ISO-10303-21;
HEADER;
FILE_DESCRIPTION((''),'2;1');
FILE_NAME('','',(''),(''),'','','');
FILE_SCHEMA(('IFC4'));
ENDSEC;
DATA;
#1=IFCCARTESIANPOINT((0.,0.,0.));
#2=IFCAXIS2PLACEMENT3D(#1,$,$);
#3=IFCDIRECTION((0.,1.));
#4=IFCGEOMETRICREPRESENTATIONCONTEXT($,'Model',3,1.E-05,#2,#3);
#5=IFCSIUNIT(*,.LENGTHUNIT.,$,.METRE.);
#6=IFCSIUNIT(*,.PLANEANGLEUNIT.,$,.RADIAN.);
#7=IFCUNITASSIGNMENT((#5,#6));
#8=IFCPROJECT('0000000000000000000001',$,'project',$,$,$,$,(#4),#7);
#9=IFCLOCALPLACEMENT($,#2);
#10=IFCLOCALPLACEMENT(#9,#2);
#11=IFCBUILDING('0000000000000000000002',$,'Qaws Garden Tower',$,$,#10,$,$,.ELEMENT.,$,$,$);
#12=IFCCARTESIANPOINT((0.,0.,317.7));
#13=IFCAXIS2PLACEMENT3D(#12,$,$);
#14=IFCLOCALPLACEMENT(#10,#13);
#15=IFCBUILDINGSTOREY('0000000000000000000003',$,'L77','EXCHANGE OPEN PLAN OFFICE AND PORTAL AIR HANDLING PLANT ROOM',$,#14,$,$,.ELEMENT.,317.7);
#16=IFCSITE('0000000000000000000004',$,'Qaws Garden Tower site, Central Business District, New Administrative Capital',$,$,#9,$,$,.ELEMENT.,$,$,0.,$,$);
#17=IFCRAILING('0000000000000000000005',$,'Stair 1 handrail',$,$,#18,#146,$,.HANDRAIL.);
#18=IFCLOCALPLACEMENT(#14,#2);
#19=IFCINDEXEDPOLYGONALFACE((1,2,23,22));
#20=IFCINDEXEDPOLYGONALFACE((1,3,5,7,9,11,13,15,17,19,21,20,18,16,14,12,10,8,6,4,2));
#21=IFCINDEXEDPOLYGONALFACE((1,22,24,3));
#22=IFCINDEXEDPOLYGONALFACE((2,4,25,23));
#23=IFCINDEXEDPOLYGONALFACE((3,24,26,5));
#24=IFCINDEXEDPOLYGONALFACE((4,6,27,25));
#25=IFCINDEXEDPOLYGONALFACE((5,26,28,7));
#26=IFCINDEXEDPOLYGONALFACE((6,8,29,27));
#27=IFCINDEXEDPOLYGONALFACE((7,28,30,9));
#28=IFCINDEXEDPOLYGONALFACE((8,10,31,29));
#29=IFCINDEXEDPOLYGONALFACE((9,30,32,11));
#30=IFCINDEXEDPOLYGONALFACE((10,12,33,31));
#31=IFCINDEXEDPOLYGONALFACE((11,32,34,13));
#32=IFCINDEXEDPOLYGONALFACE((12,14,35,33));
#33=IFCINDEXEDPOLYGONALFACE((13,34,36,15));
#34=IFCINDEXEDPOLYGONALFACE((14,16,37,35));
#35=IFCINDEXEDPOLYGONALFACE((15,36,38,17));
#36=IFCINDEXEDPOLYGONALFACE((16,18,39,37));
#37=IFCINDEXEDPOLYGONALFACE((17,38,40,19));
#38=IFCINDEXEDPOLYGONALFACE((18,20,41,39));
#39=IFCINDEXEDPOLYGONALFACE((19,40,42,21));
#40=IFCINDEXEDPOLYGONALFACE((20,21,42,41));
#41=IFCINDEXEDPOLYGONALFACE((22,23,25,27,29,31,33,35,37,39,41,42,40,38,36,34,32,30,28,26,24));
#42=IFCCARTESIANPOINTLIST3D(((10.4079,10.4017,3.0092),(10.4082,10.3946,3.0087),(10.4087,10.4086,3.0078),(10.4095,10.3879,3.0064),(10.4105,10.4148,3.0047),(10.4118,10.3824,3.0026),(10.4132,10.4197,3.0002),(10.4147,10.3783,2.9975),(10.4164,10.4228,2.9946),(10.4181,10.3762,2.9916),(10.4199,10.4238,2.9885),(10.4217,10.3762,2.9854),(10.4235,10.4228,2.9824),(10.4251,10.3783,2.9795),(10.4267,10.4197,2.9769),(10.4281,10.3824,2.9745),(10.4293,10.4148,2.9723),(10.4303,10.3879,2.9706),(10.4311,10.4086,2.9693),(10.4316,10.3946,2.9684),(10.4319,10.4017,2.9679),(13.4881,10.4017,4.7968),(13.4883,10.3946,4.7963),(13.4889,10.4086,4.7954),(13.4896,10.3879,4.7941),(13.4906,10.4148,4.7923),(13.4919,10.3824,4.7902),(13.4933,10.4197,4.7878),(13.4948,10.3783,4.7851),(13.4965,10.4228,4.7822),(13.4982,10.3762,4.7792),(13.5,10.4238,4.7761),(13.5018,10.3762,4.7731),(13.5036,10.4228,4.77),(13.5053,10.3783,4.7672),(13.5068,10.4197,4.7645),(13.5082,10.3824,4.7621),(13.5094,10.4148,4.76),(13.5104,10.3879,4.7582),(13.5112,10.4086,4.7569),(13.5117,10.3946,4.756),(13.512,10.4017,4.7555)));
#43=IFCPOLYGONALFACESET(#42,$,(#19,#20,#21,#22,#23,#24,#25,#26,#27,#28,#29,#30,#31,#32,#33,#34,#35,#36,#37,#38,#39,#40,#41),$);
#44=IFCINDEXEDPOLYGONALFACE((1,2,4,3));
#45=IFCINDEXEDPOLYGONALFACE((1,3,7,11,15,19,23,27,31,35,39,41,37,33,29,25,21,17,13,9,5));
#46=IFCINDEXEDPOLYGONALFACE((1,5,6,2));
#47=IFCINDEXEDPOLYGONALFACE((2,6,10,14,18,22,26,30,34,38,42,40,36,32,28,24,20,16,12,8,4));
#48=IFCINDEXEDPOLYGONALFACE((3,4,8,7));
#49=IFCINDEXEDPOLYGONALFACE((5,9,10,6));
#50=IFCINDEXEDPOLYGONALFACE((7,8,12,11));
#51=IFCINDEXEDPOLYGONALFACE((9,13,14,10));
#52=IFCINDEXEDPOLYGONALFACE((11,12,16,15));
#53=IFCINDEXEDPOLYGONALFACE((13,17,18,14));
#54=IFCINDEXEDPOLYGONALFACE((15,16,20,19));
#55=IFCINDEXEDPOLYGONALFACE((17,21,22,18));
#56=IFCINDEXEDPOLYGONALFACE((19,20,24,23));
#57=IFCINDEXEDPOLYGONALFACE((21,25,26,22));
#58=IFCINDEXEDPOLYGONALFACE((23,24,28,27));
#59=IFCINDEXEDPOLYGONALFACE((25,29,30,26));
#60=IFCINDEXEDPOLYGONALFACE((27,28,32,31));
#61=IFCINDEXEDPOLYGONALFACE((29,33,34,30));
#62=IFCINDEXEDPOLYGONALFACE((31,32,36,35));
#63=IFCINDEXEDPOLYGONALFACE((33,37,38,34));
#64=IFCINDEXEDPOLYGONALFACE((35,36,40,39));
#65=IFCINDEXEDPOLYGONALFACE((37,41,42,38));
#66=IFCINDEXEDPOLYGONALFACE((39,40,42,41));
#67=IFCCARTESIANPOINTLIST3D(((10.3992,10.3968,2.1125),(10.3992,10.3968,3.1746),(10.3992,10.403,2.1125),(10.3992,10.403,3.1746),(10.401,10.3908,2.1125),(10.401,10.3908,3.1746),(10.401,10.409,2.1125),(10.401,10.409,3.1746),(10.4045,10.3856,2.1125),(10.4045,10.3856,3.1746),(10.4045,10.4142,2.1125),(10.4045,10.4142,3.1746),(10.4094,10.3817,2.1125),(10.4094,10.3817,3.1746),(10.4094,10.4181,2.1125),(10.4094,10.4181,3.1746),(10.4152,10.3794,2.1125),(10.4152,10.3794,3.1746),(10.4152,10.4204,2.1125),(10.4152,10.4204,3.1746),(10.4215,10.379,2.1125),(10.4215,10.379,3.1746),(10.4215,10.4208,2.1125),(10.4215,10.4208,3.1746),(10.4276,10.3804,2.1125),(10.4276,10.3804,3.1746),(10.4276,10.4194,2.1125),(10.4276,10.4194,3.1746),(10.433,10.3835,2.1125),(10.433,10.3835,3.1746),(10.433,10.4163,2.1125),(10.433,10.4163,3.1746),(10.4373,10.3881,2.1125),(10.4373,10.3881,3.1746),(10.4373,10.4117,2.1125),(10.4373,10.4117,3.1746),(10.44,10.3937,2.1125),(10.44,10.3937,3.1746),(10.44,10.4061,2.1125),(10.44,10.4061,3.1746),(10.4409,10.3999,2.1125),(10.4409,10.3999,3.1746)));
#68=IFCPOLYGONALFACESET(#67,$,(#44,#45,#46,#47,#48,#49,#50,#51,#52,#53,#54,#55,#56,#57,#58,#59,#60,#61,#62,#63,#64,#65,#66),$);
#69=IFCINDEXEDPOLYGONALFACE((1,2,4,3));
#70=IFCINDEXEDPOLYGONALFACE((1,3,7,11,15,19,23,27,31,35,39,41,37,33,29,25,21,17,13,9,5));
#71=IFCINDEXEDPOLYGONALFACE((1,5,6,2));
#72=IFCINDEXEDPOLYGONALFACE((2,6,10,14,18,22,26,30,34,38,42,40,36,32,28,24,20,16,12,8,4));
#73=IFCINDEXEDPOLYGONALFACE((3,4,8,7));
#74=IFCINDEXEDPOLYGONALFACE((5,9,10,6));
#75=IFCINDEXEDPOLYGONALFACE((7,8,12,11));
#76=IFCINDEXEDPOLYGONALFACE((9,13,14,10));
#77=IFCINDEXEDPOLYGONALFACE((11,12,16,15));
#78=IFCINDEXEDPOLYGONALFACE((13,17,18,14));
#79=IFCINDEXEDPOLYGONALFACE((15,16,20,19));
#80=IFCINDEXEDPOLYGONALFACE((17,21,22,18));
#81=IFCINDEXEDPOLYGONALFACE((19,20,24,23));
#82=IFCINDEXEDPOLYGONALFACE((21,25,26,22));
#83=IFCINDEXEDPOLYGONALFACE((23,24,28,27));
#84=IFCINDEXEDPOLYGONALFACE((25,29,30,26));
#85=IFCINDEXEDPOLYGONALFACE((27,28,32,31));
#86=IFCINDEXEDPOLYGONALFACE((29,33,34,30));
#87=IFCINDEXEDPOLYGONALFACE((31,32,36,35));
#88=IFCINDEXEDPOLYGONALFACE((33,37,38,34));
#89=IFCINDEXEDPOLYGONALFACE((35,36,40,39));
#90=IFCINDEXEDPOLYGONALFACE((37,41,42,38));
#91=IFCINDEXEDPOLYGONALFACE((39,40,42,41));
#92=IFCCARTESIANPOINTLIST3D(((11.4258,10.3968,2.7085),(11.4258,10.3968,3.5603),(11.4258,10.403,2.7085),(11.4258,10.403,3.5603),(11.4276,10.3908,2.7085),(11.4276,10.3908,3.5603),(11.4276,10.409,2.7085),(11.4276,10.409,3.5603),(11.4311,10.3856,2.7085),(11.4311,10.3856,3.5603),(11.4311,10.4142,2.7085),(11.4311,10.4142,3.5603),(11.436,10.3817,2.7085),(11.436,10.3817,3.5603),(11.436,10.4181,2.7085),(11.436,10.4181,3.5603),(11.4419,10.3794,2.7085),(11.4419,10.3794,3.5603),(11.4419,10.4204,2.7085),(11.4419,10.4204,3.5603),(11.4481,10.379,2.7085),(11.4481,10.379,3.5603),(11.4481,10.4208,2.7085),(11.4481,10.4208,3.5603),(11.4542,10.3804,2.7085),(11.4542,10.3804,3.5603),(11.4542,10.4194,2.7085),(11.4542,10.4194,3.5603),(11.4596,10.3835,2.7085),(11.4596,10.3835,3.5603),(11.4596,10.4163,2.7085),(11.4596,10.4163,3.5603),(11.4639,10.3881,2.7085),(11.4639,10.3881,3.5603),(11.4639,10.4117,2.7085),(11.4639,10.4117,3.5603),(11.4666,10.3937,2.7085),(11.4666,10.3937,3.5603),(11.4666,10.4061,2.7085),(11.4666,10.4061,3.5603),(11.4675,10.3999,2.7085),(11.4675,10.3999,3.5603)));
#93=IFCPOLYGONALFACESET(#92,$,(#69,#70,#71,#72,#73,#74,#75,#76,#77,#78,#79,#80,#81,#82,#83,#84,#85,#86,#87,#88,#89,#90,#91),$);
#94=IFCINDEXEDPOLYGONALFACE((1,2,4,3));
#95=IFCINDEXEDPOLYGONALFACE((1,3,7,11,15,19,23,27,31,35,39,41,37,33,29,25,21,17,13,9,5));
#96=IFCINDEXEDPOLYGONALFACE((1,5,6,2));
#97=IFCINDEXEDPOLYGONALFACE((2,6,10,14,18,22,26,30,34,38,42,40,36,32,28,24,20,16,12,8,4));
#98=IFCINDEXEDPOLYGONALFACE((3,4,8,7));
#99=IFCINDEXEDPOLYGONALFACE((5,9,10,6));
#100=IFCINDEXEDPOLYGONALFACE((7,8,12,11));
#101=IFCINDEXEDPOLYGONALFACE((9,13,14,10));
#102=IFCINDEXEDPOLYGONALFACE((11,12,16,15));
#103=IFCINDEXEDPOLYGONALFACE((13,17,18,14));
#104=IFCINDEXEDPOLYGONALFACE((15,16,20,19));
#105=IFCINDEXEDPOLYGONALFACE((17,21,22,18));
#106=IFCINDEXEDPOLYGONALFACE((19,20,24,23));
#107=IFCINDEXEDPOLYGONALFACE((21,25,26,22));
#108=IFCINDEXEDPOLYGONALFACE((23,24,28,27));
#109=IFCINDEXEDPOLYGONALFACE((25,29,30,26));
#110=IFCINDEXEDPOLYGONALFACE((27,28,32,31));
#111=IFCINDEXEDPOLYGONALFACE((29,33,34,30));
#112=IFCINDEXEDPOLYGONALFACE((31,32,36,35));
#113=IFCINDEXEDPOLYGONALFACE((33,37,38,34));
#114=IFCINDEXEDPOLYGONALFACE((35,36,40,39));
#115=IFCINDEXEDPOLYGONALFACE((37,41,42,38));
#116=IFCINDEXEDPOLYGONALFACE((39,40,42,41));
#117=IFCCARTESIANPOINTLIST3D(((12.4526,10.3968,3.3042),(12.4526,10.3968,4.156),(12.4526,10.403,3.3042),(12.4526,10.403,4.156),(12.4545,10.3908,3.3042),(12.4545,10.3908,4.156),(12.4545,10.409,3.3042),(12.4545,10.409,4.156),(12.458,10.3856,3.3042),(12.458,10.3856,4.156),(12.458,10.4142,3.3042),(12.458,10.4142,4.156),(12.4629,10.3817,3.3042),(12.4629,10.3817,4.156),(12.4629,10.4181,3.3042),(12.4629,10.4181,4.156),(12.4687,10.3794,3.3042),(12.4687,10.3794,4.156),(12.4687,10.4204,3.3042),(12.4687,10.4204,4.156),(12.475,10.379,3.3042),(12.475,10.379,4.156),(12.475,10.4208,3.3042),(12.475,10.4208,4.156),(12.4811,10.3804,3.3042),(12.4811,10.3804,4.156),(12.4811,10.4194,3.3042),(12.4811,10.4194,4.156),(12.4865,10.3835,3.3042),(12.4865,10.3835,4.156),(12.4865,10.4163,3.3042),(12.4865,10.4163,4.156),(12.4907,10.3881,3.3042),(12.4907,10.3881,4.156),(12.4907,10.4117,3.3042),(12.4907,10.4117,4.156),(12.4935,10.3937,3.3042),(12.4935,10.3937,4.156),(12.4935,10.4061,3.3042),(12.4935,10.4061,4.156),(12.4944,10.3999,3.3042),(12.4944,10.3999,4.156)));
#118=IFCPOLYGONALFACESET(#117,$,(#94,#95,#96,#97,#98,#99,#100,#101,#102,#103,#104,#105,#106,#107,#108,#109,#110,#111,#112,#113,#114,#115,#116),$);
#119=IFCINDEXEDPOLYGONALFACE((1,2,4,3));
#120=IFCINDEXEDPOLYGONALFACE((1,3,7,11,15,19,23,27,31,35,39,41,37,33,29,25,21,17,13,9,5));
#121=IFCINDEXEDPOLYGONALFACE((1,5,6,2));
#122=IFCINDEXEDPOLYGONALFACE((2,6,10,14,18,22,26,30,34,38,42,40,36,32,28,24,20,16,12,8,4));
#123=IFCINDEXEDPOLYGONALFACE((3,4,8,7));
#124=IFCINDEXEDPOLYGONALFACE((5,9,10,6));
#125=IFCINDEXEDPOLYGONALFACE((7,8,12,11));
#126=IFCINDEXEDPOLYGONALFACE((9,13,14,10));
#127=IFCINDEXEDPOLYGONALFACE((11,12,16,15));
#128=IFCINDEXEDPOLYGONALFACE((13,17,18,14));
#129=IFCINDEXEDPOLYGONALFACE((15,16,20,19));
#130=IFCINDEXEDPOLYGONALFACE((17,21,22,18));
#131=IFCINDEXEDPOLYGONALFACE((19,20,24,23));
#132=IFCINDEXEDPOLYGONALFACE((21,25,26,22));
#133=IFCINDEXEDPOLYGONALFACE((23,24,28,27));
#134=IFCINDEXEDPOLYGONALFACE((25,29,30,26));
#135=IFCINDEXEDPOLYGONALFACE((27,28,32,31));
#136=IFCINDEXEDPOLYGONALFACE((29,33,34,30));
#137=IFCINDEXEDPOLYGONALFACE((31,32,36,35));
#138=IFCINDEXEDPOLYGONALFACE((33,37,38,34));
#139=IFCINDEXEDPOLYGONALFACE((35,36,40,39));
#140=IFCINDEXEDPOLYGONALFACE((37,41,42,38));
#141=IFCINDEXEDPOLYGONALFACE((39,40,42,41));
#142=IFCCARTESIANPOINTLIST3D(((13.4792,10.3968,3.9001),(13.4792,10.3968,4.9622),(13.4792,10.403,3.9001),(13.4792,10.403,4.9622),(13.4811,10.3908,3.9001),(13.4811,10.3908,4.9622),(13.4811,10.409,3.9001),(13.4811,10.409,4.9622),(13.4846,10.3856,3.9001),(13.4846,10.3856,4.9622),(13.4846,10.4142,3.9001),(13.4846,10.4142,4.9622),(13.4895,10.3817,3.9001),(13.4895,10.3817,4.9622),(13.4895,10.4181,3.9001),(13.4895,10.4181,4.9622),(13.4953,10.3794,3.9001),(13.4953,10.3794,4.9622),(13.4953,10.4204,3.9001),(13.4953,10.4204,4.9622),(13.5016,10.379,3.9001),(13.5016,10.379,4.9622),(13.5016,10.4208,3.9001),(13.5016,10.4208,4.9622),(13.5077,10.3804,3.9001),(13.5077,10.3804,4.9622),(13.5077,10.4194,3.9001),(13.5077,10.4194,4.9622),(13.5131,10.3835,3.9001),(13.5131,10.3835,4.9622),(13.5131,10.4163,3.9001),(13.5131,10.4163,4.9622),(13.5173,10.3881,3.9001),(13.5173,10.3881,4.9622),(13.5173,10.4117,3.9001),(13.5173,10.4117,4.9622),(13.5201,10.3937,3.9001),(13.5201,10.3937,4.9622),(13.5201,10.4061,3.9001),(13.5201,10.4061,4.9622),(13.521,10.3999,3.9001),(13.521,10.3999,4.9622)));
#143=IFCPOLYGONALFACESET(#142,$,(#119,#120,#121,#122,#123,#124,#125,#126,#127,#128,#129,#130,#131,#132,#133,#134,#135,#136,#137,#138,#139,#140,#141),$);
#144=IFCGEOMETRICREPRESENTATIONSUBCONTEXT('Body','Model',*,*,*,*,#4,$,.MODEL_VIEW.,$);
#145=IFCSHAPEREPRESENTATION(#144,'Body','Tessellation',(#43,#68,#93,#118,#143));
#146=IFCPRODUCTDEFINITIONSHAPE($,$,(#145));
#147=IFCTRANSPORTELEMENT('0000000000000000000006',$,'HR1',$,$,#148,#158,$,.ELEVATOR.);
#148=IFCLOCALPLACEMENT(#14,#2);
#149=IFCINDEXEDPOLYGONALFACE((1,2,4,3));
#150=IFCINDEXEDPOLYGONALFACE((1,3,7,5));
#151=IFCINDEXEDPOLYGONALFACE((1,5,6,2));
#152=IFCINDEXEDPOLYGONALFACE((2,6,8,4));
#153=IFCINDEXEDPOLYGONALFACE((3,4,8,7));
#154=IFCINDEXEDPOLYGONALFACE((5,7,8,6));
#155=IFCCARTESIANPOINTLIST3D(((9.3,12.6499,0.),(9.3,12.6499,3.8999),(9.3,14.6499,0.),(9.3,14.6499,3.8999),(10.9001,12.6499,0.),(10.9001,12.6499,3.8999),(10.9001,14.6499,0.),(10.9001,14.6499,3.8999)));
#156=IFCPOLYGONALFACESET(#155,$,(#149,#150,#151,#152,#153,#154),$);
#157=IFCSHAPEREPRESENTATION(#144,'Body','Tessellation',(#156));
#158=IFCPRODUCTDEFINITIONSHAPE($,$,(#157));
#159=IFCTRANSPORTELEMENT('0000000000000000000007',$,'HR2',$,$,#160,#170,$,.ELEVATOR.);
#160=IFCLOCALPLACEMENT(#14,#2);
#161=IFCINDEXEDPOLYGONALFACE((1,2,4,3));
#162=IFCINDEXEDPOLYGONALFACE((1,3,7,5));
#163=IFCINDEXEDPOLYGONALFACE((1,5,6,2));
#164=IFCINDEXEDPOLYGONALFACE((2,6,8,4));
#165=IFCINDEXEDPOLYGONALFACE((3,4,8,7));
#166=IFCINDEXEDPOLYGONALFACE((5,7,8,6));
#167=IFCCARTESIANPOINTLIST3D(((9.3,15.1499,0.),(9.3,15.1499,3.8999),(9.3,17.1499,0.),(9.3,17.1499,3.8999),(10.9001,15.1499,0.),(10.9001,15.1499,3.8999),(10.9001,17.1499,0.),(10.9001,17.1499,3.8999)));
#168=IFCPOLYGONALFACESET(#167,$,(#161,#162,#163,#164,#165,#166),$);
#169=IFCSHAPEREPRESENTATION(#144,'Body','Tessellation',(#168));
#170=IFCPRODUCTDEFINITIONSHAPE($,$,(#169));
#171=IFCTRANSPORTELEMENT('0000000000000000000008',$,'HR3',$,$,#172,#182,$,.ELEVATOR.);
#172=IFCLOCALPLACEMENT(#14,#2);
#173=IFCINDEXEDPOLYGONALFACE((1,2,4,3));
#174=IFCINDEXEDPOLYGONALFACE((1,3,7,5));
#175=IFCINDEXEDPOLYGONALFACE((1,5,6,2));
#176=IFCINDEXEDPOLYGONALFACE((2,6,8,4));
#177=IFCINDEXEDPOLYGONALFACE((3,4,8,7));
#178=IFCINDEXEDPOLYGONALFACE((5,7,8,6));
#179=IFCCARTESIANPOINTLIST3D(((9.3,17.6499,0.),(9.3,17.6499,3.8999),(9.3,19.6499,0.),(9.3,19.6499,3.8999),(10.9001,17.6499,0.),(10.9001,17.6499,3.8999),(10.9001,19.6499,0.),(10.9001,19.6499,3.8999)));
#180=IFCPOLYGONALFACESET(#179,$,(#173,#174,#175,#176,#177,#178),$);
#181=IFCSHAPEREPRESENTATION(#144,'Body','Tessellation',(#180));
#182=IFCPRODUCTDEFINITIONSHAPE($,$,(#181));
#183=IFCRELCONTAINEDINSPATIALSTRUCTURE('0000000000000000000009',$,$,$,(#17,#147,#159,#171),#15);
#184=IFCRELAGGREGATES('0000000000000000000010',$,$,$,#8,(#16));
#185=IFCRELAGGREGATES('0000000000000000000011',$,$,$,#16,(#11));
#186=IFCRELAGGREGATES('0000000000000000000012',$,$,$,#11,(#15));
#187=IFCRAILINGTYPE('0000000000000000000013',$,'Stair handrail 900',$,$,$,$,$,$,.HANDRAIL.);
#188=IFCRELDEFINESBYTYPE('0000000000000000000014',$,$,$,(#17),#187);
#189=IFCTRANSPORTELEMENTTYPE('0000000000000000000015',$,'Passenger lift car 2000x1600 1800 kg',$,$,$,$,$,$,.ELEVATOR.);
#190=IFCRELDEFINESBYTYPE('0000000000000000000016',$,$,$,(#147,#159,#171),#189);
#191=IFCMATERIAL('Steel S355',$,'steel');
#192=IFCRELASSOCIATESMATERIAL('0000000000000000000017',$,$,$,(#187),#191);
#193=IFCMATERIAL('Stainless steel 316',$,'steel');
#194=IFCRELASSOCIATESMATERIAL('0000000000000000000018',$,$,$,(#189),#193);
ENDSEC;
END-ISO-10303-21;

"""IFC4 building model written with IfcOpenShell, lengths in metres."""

from ifc_helpers import new_model, si_unit, direction, frame, origin, origin_2d, place, context, subcontext, project, spatial, rectangle, circle, extrude, material, type_object, element, save


model = new_model("IFC4")

# Units and contexts
model_context = context("Model", 3, precision=1e-05, world=origin(), true_north=direction((0.0, 1.0)))
body_context = subcontext(model_context, "Body", "Model", "MODEL_VIEW")
ifc_project = project(units=[si_unit("LENGTHUNIT", "METRE"), si_unit("PLANEANGLEUNIT", "RADIAN")], contexts=[model_context])

# Site, building, storey
site_placement = place(None, origin())
site = spatial("IfcSite", under=ifc_project, at=site_placement, Name="Qaws Garden Tower site, Central Business District, New Administrative Capital", CompositionType="ELEMENT", RefElevation=0.0)
building_placement = place(site_placement, origin())
building = spatial("IfcBuilding", under=site, at=building_placement, Name="Qaws Garden Tower", CompositionType="ELEMENT")
storey_placement = place(building_placement, frame((0.0, 0.0, 317.7)))
storey = spatial("IfcBuildingStorey", under=building, at=storey_placement, Name="L77", Description="EXCHANGE OPEN PLAN OFFICE AND PORTAL AIR HANDLING PLANT ROOM", CompositionType="ELEMENT", Elevation=317.7)

# Railing
ifc_material_1 = material(Name="Steel S355", Category="steel")
railing_type = type_object("IfcRailingType", Name="Stair handrail 900", PredefinedType="HANDRAIL", material=ifc_material_1)
railing_1_placement = place(storey_placement, frame((10.4199, 10.3999, 2.1125)))
element("IfcRailing", 1, at=railing_1_placement, inside=storey, type_object=railing_type, Name="Stair 1 handrail", PredefinedType="HANDRAIL", context=body_context, shape_type="SweptSolid", body=[
    extrude(circle(Radius=0.0239, at=origin_2d()), frame((0.0, 0.0, 0.876), z_axis=(0.864891, 0.0, 0.50196), x_axis=(0.0, 1.0, 0.0)), (0.0, 0.0, 1.0), 3.5613),
    extrude(circle(Radius=0.021, at=origin_2d()), origin(), (0.0, 0.0, 1.0), 1.062),
    extrude(circle(Radius=0.021, at=origin_2d()), frame((1.0266, 0.0, 0.5959)), (0.0, 0.0, 1.0), 0.8518),
    extrude(circle(Radius=0.021, at=origin_2d()), frame((2.0535, 0.0, 1.1917)), (0.0, 0.0, 1.0), 0.8518),
    extrude(circle(Radius=0.021, at=origin_2d()), frame((3.0801, 0.0, 1.7876)), (0.0, 0.0, 1.0), 1.062),
])

# Transport elements
ifc_material_2 = material(Name="Stainless steel 316", Category="steel")
transport_element_type = type_object("IfcTransportElementType", Name="Passenger lift car 2000x1600 1800 kg", PredefinedType="ELEVATOR", material=ifc_material_2)
for number, where, z_axis, x_axis, name in (
    (2, (10.1001, 13.6499, 0.0), (0.0, 0.0, 1.0), (1.0, 0.0, 0.0), "HR1"),
    (3, (10.1001, 16.1499, 0.0), (0.0, 0.0, 1.0), (1.0, 0.0, 0.0), "HR2"),
    (4, (10.1001, 18.6499, 0.0), (0.0, 0.0, 1.0), (1.0, 0.0, 0.0), "HR3"),
):
    element("IfcTransportElement", number, at=place(storey_placement, frame(where, z_axis=z_axis, x_axis=x_axis)), inside=storey, type_object=transport_element_type, Name=name, PredefinedType="ELEVATOR", context=body_context, shape_type="SweptSolid", body=[
        extrude(rectangle(XDim=1.6001, YDim=2.0, at=origin_2d()), origin(), (0.0, 0.0, 1.0), 3.8999),
    ])

save(model, "model.ifc")
